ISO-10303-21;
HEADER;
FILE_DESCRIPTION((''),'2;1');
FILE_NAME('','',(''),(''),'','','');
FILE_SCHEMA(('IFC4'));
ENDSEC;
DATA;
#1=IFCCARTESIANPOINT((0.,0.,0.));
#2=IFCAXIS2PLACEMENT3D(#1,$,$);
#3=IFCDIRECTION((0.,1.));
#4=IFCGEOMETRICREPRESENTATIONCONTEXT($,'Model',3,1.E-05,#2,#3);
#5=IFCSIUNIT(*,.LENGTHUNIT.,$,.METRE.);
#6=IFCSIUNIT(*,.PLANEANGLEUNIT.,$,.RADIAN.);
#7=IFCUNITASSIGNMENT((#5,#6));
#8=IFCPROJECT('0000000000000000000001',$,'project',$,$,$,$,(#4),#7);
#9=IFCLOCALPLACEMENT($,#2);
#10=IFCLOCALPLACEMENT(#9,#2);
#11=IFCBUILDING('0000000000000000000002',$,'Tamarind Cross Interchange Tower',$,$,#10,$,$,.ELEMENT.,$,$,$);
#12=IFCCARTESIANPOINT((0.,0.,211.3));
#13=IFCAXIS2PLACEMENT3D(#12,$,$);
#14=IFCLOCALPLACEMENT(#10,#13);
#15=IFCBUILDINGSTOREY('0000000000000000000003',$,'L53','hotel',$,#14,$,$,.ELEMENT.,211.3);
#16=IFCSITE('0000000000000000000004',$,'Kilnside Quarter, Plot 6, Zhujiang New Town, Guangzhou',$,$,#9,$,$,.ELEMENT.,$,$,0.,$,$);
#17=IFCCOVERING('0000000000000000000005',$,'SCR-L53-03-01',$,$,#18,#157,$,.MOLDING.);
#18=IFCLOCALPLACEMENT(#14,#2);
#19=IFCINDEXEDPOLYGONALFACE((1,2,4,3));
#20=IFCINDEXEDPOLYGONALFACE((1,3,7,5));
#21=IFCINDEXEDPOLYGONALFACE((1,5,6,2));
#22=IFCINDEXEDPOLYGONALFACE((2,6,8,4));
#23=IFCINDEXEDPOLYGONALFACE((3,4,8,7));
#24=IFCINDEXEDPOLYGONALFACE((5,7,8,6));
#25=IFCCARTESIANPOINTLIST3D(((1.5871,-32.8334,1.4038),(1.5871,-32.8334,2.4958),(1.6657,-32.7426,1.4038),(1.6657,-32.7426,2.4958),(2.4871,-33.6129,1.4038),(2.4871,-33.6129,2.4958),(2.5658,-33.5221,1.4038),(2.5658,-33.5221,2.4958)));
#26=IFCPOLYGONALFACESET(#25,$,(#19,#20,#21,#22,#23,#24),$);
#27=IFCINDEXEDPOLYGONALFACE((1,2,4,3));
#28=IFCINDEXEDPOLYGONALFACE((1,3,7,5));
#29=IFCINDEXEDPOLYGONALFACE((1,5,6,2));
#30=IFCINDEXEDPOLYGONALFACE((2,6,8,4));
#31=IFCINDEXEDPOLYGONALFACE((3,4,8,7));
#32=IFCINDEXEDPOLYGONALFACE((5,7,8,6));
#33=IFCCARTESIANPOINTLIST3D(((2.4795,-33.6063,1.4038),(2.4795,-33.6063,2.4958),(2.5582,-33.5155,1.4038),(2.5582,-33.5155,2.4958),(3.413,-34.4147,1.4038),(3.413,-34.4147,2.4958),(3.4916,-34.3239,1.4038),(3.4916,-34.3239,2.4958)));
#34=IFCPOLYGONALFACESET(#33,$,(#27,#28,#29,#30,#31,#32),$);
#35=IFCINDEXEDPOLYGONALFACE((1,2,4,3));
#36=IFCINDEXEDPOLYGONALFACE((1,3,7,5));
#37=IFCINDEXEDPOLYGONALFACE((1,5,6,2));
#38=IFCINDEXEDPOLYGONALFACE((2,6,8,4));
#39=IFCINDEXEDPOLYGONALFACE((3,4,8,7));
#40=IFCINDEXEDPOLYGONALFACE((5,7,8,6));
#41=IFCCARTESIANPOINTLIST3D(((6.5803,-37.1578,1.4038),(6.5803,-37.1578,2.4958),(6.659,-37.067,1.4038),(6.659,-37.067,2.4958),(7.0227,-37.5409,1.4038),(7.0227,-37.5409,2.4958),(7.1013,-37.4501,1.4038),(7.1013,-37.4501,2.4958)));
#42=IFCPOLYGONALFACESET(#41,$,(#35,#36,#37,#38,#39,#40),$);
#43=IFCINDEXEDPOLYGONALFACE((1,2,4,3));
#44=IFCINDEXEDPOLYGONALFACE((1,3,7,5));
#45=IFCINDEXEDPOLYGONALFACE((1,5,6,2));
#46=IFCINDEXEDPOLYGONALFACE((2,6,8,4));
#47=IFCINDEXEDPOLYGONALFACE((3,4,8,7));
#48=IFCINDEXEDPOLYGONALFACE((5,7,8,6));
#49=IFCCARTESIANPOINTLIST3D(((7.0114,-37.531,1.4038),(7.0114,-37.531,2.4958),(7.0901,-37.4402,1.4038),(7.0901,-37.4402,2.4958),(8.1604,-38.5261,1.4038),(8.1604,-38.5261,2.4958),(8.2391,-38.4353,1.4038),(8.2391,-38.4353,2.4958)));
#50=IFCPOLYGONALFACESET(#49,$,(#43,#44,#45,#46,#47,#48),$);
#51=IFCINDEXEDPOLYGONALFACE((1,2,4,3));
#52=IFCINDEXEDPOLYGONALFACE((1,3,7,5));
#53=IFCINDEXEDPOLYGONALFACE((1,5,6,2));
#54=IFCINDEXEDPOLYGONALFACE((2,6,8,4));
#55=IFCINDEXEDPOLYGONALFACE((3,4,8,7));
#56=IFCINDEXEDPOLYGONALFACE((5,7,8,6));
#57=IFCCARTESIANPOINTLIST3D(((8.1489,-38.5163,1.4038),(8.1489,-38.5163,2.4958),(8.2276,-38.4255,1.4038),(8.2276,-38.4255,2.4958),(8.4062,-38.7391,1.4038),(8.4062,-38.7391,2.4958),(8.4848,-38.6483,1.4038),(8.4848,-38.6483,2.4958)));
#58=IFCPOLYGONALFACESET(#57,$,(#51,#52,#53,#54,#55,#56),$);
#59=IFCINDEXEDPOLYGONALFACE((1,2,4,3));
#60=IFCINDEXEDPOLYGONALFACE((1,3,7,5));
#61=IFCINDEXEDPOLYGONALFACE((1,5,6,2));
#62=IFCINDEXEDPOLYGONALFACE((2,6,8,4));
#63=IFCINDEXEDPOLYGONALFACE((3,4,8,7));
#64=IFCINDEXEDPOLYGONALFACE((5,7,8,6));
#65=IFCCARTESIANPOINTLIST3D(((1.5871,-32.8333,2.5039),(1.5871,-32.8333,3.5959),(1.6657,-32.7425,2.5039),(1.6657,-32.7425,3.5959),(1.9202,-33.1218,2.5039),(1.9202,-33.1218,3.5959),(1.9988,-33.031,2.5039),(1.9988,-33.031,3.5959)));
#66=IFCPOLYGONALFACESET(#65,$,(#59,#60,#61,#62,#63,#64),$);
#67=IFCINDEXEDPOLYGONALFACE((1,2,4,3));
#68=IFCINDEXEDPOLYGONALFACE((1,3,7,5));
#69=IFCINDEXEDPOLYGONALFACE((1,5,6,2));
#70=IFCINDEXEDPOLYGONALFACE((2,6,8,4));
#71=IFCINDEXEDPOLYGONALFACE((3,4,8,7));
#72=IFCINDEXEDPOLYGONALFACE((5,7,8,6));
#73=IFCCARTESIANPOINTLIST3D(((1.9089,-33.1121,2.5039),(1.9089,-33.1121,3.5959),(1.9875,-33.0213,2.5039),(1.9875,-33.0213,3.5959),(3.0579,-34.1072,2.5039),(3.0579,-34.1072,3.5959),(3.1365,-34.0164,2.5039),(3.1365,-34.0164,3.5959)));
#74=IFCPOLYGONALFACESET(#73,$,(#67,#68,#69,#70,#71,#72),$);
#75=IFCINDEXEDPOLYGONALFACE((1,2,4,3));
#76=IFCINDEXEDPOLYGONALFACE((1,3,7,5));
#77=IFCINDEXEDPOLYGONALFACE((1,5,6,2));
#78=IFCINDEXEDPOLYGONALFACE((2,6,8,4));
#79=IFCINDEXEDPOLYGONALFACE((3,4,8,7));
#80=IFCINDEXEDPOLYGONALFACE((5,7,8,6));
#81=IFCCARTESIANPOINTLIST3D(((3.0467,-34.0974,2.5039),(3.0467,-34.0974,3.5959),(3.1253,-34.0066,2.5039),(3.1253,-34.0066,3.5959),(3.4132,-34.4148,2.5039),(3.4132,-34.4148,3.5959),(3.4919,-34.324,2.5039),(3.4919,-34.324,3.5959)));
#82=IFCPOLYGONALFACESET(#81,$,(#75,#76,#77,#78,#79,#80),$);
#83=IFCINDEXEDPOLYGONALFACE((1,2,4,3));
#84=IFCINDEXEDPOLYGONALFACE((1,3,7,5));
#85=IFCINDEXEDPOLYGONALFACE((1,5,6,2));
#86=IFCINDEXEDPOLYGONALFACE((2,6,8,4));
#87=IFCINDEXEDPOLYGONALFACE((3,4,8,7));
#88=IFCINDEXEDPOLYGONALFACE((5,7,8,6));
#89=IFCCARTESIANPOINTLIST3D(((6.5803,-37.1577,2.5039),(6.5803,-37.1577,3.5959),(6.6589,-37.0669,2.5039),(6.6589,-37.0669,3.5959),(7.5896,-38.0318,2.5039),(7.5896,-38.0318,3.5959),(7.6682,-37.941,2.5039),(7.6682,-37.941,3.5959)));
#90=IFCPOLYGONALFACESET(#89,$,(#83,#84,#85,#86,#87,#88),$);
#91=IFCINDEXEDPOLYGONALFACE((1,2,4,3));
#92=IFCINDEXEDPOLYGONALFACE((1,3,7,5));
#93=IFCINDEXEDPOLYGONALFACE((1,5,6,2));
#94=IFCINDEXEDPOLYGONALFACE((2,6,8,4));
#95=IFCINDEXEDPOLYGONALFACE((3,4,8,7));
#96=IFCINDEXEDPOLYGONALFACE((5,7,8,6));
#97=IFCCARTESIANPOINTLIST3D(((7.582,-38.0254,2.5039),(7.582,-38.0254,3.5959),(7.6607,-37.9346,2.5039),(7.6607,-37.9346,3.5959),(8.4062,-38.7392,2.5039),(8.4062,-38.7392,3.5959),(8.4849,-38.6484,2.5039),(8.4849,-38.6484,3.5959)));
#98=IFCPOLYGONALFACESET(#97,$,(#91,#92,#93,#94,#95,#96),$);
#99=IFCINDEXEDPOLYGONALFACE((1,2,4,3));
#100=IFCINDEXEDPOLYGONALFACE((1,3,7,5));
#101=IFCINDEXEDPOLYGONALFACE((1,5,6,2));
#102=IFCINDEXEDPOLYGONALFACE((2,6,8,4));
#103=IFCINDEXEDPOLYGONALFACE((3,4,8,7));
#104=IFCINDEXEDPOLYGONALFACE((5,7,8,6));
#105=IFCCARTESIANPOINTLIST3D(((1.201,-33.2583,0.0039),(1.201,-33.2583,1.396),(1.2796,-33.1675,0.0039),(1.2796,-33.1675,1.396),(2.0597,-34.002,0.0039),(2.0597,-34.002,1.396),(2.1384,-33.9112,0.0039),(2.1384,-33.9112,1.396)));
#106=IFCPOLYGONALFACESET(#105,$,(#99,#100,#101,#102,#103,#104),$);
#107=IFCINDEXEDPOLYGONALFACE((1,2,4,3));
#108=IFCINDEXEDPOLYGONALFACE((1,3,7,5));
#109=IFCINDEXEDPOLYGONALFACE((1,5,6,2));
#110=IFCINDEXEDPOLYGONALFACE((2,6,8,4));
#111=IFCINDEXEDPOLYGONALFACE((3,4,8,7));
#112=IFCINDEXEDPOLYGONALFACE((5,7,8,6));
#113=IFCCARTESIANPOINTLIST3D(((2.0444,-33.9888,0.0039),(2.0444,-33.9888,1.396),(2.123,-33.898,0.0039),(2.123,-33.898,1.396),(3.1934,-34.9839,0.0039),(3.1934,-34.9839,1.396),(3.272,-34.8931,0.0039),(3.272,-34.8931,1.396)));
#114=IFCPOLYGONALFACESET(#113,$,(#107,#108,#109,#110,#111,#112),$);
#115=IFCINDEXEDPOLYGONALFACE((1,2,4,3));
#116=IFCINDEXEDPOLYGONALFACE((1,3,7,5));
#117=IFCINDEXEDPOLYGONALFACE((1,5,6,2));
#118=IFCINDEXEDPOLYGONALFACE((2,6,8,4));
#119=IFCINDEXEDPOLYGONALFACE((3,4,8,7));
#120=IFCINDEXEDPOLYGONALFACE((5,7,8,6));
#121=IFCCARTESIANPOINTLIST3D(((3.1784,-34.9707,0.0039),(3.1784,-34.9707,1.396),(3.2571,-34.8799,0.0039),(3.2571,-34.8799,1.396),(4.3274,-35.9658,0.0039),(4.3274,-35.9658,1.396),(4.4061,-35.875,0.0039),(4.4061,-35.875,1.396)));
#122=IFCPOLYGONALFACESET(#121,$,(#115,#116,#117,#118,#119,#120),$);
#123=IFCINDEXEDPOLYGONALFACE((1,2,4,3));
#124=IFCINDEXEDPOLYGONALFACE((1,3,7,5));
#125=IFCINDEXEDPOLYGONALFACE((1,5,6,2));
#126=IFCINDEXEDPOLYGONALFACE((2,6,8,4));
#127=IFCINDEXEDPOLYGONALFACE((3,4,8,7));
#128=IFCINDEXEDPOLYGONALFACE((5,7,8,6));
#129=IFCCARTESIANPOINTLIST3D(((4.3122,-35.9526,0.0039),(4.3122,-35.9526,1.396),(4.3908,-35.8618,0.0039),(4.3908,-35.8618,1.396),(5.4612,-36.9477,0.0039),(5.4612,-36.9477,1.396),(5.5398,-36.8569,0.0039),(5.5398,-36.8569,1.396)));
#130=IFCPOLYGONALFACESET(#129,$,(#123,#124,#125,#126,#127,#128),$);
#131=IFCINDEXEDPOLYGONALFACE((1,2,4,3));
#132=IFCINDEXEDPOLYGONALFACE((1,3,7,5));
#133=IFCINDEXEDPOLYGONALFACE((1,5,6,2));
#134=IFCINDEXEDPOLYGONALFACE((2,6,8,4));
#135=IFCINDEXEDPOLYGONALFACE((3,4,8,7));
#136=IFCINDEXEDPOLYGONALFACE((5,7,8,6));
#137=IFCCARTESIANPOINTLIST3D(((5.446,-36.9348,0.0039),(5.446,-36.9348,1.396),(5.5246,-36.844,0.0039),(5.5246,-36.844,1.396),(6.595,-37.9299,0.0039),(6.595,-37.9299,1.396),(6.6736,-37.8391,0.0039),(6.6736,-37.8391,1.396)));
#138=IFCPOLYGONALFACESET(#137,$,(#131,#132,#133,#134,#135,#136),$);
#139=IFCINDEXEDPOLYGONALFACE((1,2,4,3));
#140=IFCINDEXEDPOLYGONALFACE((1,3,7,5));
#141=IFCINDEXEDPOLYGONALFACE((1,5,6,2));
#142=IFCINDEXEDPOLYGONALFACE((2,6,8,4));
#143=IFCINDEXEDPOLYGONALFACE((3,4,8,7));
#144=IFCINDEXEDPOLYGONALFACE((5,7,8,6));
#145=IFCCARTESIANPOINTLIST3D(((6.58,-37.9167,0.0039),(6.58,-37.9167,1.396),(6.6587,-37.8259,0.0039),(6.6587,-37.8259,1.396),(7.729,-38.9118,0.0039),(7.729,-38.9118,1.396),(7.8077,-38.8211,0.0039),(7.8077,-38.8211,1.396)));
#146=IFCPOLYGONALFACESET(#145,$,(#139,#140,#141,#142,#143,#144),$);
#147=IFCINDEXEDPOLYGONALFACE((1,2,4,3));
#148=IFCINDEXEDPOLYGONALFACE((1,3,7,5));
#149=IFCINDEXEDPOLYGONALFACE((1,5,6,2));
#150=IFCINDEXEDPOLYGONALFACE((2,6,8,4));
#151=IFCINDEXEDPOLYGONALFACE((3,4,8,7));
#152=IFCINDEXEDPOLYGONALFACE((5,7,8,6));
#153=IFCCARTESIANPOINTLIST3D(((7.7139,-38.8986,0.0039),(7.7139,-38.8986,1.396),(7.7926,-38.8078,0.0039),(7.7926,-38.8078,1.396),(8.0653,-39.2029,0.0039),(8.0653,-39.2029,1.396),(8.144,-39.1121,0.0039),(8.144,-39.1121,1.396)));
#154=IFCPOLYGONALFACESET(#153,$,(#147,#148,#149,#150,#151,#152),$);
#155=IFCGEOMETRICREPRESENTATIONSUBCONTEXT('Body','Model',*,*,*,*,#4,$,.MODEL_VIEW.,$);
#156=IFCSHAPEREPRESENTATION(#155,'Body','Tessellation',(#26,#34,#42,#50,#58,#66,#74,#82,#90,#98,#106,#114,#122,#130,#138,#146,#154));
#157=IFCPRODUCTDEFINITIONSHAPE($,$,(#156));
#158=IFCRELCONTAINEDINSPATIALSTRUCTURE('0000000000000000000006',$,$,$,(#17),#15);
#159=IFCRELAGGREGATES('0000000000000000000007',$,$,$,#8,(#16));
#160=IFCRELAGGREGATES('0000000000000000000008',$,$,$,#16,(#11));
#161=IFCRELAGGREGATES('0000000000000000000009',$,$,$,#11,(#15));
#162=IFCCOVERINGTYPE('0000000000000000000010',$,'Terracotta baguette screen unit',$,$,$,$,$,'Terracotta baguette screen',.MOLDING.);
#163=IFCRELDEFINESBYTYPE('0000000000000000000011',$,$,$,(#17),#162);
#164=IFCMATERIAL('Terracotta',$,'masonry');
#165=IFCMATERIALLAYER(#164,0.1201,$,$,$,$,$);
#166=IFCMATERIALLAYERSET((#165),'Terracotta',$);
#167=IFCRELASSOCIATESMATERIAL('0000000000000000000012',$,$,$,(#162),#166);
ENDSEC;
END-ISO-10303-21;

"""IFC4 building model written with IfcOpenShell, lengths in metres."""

from ifc_helpers import new_model, si_unit, direction, frame, origin, origin_2d, place, context, subcontext, project, spatial, rectangle, extrude, material, layer, layer_set, type_object, element, save


model = new_model("IFC4")

# Units and contexts
model_context = context("Model", 3, precision=1e-05, world=origin(), true_north=direction((0.0, 1.0)))
body_context = subcontext(model_context, "Body", "Model", "MODEL_VIEW")
ifc_project = project(units=[si_unit("LENGTHUNIT", "METRE"), si_unit("PLANEANGLEUNIT", "RADIAN")], contexts=[model_context])

# Site, building, storey
site_placement = place(None, origin())
site = spatial("IfcSite", under=ifc_project, at=site_placement, Name="Kilnside Quarter, Plot 6, Zhujiang New Town, Guangzhou", CompositionType="ELEMENT", RefElevation=0.0)
building_placement = place(site_placement, origin())
building = spatial("IfcBuilding", under=site, at=building_placement, Name="Tamarind Cross Interchange Tower", CompositionType="ELEMENT")
storey_placement = place(building_placement, frame((0.0, 0.0, 211.3)))
storey = spatial("IfcBuildingStorey", under=building, at=storey_placement, Name="L53", Description="hotel", CompositionType="ELEMENT", Elevation=211.3)

# Covering
ifc_material_1 = material(Name="Terracotta", Category="masonry")
ifc_layer_1 = layer(ifc_material_1, 0.1201)
ifc_layer_set_1 = layer_set([ifc_layer_1], Name="Terracotta")
covering_type = type_object("IfcCoveringType", Name="Terracotta baguette screen unit", ElementType="Terracotta baguette screen", PredefinedType="MOLDING", material=ifc_layer_set_1)
covering_1_placement = place(storey_placement, origin())
element("IfcCovering", 1, at=covering_1_placement, inside=storey, type_object=covering_type, Name="SCR-L53-03-01", PredefinedType="MOLDING", context=body_context, shape_type="SweptSolid", body=[
    extrude(rectangle(XDim=1.1907, YDim=0.1201, at=origin_2d()), frame((2.0764, -33.1777, 1.4038), z_axis=(0.0, 0.0, 1.0), x_axis=(0.755917, -0.654667, 0.0)), (0.0, 0.0, 1.0), 1.092),
    extrude(rectangle(XDim=1.2349, YDim=0.1201, at=origin_2d()), frame((2.9856, -33.9651, 1.4038), z_axis=(0.0, 0.0, 1.0), x_axis=(0.755917, -0.654667, 0.0)), (0.0, 0.0, 1.0), 1.092),
    extrude(rectangle(XDim=0.5852, YDim=0.1201, at=origin_2d()), frame((6.8408, -37.304, 1.4038), z_axis=(0.0, 0.0, 1.0), x_axis=(0.755917, -0.654667, 0.0)), (0.0, 0.0, 1.0), 1.092),
    extrude(rectangle(XDim=1.52, YDim=0.1201, at=origin_2d()), frame((7.6252, -37.9832, 1.4038), z_axis=(0.0, 0.0, 1.0), x_axis=(0.755917, -0.654667, 0.0)), (0.0, 0.0, 1.0), 1.092),
    extrude(rectangle(XDim=0.3403, YDim=0.1201, at=origin_2d()), frame((8.3169, -38.5823, 1.4038), z_axis=(0.0, 0.0, 1.0), x_axis=(0.755917, -0.654667, 0.0)), (0.0, 0.0, 1.0), 1.092),
    extrude(rectangle(XDim=0.4407, YDim=0.1201, at=origin_2d()), frame((1.793, -32.9321, 2.5039), z_axis=(0.0, 0.0, 1.0), x_axis=(0.755917, -0.654667, 0.0)), (0.0, 0.0, 1.0), 1.092),
    extrude(rectangle(XDim=1.52, YDim=0.1201, at=origin_2d()), frame((2.5227, -33.5642, 2.5039), z_axis=(0.0, 0.0, 1.0), x_axis=(0.755917, -0.654667, 0.0)), (0.0, 0.0, 1.0), 1.092),
    extrude(rectangle(XDim=0.4849, YDim=0.1201, at=origin_2d()), frame((3.2693, -34.2107, 2.5039), z_axis=(0.0, 0.0, 1.0), x_axis=(0.755917, -0.654667, 0.0)), (0.0, 0.0, 1.0), 1.092),
    extrude(rectangle(XDim=1.3352, YDim=0.1201, at=origin_2d()), frame((7.1243, -37.5493, 2.5039), z_axis=(0.0, 0.0, 1.0), x_axis=(0.755917, -0.654667, 0.0)), (0.0, 0.0, 1.0), 1.092),
    extrude(rectangle(XDim=1.0903, YDim=0.1201, at=origin_2d()), frame((8.0334, -38.3369, 2.5039), z_axis=(0.0, 0.0, 1.0), x_axis=(0.755917, -0.654667, 0.0)), (0.0, 0.0, 1.0), 1.092),
    extrude(rectangle(XDim=1.136, YDim=0.1201, at=origin_2d()), frame((1.6697, -33.5847, 0.0039), z_axis=(0.0, 0.0, 1.0), x_axis=(0.755917, -0.654667, 0.0)), (0.0, 0.0, 1.0), 1.3921),
    extrude(rectangle(XDim=1.52, YDim=0.1201, at=origin_2d()), frame((2.6582, -34.4409, 0.0039), z_axis=(0.0, 0.0, 1.0), x_axis=(0.755917, -0.654667, 0.0)), (0.0, 0.0, 1.0), 1.3921),
    extrude(rectangle(XDim=1.52, YDim=0.1201, at=origin_2d()), frame((3.7922, -35.4229, 0.0039), z_axis=(0.0, 0.0, 1.0), x_axis=(0.755917, -0.654667, 0.0)), (0.0, 0.0, 1.0), 1.3921),
    extrude(rectangle(XDim=1.52, YDim=0.1201, at=origin_2d()), frame((4.926, -36.4048, 0.0039), z_axis=(0.0, 0.0, 1.0), x_axis=(0.755917, -0.654667, 0.0)), (0.0, 0.0, 1.0), 1.3921),
    extrude(rectangle(XDim=1.52, YDim=0.1201, at=origin_2d()), frame((6.0598, -37.387, 0.0039), z_axis=(0.0, 0.0, 1.0), x_axis=(0.755917, -0.654667, 0.0)), (0.0, 0.0, 1.0), 1.3921),
    extrude(rectangle(XDim=1.52, YDim=0.1201, at=origin_2d()), frame((7.1938, -38.3689, 0.0039), z_axis=(0.0, 0.0, 1.0), x_axis=(0.755917, -0.654667, 0.0)), (0.0, 0.0, 1.0), 1.3921),
    extrude(rectangle(XDim=0.4648, YDim=0.1201, at=origin_2d()), frame((7.929, -39.0054, 0.0039), z_axis=(0.0, 0.0, 1.0), x_axis=(0.755917, -0.654667, 0.0)), (0.0, 0.0, 1.0), 1.3921),
])

save(model, "model.ifc")
